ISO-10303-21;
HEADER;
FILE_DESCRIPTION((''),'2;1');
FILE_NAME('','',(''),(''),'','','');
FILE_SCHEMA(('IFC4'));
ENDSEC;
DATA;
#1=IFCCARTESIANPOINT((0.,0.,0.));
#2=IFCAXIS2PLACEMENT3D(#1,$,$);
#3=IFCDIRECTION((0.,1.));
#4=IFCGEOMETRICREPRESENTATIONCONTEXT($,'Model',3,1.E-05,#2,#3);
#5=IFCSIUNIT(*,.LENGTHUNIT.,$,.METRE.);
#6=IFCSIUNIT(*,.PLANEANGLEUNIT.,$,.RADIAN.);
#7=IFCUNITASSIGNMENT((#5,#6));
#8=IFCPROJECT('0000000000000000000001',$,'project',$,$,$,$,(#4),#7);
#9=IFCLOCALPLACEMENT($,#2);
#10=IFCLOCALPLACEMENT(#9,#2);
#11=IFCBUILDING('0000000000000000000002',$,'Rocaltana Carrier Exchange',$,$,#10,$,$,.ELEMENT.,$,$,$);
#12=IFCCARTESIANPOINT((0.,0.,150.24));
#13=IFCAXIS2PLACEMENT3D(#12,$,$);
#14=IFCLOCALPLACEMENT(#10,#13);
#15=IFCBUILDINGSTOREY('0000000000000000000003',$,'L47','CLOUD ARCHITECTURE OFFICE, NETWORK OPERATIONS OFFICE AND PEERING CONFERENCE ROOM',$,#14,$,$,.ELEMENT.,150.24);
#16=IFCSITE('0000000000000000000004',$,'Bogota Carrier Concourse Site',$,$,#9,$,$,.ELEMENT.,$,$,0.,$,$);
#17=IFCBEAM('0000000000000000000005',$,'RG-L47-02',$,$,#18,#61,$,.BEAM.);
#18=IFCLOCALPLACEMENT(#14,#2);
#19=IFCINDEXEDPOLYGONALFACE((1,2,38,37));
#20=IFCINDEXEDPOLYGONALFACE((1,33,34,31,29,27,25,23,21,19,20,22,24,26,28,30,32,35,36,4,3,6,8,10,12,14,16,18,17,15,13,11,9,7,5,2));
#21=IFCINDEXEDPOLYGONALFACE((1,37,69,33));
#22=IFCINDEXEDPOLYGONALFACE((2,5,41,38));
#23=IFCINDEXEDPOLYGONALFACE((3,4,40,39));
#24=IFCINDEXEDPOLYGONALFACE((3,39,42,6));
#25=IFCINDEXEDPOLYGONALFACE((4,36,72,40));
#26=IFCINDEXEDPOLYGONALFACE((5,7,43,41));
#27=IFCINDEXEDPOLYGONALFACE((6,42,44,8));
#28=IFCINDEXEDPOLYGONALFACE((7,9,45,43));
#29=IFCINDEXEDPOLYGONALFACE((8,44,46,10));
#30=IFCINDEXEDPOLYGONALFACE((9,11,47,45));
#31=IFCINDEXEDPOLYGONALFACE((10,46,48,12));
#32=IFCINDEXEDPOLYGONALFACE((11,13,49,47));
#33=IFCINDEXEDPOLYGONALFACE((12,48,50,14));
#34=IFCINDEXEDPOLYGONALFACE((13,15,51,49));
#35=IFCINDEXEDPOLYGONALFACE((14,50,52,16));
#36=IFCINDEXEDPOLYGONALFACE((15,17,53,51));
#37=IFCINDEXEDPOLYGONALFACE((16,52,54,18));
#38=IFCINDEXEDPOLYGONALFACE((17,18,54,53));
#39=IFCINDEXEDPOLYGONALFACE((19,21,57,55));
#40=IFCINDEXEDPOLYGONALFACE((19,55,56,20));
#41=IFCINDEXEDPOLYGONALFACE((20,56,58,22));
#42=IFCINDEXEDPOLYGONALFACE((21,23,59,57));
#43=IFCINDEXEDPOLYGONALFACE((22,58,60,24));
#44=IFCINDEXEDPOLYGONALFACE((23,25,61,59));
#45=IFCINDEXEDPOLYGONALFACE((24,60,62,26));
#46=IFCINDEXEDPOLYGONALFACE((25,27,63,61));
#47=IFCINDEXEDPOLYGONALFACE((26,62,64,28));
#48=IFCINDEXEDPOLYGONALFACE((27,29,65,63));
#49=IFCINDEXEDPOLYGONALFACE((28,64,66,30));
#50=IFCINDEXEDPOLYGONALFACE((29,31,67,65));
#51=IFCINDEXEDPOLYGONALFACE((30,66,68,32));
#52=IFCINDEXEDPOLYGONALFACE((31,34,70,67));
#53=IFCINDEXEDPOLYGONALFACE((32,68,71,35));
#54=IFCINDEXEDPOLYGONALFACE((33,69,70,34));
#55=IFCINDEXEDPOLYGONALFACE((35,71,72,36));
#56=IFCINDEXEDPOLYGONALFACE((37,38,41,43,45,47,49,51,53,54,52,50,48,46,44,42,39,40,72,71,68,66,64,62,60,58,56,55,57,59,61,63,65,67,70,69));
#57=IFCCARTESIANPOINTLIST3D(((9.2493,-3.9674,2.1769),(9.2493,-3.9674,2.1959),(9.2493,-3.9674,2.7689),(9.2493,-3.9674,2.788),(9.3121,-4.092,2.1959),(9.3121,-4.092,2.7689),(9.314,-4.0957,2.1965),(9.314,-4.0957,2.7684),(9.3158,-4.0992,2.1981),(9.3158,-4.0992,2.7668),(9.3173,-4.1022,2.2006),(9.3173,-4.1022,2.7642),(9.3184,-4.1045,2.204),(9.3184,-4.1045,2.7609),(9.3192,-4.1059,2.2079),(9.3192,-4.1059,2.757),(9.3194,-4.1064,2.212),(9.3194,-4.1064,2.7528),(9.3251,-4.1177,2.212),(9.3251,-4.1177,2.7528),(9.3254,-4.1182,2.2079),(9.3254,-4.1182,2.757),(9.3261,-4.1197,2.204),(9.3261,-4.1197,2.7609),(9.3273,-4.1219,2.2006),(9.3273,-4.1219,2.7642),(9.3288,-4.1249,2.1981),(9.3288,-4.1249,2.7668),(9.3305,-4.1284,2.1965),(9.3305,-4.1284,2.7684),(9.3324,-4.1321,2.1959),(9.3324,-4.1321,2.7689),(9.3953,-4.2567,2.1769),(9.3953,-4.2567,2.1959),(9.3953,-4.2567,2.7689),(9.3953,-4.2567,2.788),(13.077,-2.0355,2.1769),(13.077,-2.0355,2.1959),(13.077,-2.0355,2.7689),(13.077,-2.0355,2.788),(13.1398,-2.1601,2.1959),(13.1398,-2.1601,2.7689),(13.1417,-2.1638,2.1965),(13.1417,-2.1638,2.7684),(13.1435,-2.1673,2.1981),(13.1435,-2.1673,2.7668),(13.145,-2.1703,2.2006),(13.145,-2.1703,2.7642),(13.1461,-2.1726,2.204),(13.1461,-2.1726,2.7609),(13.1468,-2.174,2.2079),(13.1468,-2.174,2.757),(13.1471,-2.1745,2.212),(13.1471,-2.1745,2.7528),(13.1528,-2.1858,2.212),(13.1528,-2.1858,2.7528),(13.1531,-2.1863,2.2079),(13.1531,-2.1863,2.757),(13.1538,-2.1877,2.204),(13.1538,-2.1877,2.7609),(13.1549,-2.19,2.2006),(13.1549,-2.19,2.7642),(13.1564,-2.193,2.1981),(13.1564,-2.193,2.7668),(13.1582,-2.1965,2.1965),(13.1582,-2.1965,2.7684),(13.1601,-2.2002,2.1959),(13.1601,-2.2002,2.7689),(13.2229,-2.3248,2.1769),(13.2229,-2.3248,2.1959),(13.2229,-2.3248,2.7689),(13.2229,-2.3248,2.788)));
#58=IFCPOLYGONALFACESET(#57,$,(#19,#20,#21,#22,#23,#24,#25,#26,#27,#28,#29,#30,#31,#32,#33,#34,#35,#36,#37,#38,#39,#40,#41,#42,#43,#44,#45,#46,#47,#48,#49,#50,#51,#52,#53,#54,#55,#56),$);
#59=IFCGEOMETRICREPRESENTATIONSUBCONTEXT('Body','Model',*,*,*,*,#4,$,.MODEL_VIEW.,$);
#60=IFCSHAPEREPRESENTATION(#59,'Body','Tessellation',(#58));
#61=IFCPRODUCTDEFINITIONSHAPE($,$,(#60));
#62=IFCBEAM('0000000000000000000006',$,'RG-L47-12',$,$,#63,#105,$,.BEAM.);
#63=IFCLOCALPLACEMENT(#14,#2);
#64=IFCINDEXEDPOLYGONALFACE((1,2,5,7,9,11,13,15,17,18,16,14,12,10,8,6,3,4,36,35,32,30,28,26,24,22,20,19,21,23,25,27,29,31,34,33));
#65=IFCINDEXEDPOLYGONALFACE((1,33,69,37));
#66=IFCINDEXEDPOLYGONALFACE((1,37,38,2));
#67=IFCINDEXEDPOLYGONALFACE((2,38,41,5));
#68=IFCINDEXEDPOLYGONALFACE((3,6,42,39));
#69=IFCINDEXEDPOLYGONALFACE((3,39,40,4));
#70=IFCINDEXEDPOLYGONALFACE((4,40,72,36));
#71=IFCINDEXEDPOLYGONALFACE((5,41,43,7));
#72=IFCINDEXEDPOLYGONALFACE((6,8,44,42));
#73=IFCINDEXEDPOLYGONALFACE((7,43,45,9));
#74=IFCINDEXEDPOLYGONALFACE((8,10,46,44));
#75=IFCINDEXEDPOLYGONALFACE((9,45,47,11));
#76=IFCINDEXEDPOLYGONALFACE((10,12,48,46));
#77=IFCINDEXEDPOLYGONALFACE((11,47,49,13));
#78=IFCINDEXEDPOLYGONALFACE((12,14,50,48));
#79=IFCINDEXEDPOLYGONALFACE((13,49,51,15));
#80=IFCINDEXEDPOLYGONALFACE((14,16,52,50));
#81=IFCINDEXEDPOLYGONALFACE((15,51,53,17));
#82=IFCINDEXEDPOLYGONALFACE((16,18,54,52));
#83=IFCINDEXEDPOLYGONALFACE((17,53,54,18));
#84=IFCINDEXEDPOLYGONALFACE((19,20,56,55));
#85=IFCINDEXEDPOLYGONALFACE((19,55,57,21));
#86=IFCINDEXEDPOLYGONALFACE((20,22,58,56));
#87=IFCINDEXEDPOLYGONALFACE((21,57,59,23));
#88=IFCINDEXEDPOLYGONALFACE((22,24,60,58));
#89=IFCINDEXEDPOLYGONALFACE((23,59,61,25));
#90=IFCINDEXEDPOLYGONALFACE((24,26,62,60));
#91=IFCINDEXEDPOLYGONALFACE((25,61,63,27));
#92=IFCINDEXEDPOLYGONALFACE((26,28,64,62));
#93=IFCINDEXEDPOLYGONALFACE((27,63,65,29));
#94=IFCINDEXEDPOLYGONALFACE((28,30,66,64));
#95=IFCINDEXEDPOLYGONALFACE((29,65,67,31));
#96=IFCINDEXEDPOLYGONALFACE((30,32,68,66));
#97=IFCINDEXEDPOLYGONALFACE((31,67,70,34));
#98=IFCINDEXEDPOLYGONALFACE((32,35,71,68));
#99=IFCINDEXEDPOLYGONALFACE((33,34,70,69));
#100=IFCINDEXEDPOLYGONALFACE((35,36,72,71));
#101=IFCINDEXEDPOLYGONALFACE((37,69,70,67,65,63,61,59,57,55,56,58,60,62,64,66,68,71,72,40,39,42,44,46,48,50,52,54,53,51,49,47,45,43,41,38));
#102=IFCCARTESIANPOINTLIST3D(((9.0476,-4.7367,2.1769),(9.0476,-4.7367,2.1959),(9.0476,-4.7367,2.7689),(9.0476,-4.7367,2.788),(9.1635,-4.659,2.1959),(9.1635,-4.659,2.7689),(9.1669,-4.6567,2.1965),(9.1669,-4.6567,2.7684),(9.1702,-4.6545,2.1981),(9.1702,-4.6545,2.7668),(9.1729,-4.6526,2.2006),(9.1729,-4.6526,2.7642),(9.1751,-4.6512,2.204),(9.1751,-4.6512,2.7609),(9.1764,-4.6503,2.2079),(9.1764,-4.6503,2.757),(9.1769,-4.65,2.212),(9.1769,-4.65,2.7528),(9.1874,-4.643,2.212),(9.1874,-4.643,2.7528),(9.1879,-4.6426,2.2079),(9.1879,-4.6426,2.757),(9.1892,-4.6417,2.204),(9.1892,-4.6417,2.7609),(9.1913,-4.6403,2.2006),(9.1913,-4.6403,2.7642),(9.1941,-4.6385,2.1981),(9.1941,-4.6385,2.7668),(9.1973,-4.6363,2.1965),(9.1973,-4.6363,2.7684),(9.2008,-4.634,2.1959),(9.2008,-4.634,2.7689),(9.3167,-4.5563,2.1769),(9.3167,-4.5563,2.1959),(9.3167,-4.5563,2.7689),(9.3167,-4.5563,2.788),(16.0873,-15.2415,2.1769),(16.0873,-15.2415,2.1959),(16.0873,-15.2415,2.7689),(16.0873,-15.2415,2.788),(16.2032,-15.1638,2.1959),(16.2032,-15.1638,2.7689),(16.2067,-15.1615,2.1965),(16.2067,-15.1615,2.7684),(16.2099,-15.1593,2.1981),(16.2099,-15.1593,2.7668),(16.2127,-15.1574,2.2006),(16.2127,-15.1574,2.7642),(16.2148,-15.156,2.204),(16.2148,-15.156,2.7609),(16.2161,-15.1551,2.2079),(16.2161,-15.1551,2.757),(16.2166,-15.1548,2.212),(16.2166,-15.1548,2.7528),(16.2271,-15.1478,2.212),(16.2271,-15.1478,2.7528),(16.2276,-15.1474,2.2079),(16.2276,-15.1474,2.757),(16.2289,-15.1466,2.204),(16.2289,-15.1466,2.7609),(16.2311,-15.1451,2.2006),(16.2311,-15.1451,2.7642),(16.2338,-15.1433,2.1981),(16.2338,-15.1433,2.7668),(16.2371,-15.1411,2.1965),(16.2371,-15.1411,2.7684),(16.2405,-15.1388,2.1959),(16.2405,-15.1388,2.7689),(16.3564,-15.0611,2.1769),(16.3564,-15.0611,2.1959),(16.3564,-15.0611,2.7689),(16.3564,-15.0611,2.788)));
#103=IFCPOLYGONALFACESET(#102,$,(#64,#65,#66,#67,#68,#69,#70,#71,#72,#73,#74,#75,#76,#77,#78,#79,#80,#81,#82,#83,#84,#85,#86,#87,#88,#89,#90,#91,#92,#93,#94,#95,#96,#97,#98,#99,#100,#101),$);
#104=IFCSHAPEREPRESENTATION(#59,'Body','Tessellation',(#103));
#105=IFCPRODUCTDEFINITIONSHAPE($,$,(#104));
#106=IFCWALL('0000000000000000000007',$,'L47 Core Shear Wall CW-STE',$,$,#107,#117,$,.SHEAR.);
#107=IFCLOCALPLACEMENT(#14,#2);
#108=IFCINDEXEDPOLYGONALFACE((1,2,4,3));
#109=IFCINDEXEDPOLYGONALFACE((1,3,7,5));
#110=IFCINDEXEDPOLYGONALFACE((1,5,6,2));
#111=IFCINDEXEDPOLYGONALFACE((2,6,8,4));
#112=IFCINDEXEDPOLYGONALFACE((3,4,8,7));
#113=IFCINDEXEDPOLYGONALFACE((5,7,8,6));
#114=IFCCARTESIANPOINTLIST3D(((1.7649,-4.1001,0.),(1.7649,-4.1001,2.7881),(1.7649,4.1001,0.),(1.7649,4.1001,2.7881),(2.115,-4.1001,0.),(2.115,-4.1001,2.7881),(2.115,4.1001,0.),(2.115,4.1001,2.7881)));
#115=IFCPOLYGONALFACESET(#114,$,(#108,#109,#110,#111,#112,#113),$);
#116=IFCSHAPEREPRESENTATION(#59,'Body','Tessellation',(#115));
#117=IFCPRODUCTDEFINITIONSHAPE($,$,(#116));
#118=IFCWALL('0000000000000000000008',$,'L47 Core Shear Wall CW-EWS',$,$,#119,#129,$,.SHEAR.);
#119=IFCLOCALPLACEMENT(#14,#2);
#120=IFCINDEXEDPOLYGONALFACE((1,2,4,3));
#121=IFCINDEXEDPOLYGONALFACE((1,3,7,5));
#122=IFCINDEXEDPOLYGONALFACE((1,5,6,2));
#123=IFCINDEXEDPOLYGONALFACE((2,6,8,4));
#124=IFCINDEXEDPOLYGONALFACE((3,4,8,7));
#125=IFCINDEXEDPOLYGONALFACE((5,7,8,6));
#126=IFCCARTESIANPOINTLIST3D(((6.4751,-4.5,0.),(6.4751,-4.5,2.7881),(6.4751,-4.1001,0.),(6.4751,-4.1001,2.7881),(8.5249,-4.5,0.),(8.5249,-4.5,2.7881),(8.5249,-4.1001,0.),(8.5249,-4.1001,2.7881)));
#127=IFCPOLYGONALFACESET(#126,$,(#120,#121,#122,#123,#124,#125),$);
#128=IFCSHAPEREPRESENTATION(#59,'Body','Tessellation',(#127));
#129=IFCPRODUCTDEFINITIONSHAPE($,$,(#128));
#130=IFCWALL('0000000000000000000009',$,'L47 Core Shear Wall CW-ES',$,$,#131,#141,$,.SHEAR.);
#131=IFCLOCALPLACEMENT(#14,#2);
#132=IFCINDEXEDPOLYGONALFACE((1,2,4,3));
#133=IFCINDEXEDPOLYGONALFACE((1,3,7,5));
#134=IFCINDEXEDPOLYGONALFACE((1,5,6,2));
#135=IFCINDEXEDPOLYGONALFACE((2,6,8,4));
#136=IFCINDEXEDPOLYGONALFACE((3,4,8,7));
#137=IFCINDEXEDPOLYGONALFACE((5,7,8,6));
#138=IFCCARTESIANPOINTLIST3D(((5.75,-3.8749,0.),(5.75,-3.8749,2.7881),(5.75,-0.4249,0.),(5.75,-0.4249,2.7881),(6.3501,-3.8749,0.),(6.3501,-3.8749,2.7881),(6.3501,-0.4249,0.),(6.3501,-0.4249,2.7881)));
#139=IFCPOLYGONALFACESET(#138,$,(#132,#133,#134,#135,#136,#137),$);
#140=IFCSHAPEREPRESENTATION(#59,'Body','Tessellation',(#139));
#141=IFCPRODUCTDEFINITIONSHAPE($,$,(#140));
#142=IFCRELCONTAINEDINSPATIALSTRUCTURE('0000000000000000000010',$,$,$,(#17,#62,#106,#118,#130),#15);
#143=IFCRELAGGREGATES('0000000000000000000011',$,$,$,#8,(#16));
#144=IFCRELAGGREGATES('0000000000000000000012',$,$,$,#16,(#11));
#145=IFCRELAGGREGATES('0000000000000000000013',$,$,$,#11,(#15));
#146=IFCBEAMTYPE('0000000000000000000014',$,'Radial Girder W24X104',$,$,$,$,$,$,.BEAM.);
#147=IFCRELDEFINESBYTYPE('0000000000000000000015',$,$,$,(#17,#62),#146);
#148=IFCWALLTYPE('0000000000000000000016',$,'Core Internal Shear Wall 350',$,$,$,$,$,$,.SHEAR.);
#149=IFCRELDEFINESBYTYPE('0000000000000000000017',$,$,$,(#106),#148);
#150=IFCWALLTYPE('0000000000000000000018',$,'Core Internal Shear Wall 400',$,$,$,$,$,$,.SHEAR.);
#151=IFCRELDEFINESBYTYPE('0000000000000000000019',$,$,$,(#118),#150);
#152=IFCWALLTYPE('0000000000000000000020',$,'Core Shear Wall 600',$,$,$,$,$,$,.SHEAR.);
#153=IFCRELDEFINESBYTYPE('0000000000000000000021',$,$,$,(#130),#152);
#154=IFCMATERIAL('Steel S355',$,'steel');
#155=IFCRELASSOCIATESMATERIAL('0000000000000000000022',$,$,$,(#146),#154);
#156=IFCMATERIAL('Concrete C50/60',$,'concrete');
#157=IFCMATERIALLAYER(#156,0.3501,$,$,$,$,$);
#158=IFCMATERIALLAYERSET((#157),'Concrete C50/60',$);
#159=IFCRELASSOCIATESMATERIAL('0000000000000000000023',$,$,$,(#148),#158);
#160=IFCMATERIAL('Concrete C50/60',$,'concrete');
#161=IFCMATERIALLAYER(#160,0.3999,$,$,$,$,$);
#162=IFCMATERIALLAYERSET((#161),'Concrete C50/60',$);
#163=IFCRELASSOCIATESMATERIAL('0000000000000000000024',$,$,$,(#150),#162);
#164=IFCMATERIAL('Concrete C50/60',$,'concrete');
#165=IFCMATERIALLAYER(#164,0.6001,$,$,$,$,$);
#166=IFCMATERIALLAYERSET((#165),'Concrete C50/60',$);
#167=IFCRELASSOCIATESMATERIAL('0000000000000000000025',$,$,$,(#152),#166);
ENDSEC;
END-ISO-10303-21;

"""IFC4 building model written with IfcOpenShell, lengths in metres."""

from ifc_helpers import new_model, si_unit, direction, frame, frame_2d, origin, origin_2d, place, context, subcontext, project, spatial, rectangle, i_section, extrude, material, layer, layer_set, material_profile, profile_set, type_object, element, save


model = new_model("IFC4")

# Units and contexts
model_context = context("Model", 3, precision=1e-05, world=origin(), true_north=direction((0.0, 1.0)))
body_context = subcontext(model_context, "Body", "Model", "MODEL_VIEW")
ifc_project = project(units=[si_unit("LENGTHUNIT", "METRE"), si_unit("PLANEANGLEUNIT", "RADIAN")], contexts=[model_context])

# Site, building, storey
site_placement = place(None, origin())
site = spatial("IfcSite", under=ifc_project, at=site_placement, Name="Bogota Carrier Concourse Site", CompositionType="ELEMENT", RefElevation=0.0)
building_placement = place(site_placement, origin())
building = spatial("IfcBuilding", under=site, at=building_placement, Name="Rocaltana Carrier Exchange", CompositionType="ELEMENT")
storey_placement = place(building_placement, frame((0.0, 0.0, 150.24)))
storey = spatial("IfcBuildingStorey", under=building, at=storey_placement, Name="L47", Description="CLOUD ARCHITECTURE OFFICE, NETWORK OPERATIONS OFFICE AND PEERING CONFERENCE ROOM", CompositionType="ELEMENT", Elevation=150.24)

# Beams
ifc_material_1 = material(Name="Steel S355", Category="steel")
ifc_material_profile_1 = material_profile(ifc_material_1, i_section(OverallWidth=0.324, OverallDepth=0.6111, WebThickness=0.0127, FlangeThickness=0.019, FilletRadius=0.0161, at=origin_2d()), Name="W24X104")
ifc_profile_set_1 = profile_set([ifc_material_profile_1], Name="Steel S355")
beam_type = type_object("IfcBeamType", Name="Radial Girder W24X104", PredefinedType="BEAM", material=ifc_profile_set_1)
beam_1_placement = place(storey_placement, frame((9.3223, -4.1121, 2.4824), z_axis=(0.892735, 0.450581, 0.0), x_axis=(-0.450581, 0.892735, 0.0)))
element("IfcBeam", 1, at=beam_1_placement, inside=storey, type_object=beam_type, Name="RG-L47-02", PredefinedType="BEAM", context=body_context, shape_type="SweptSolid", body=[
    extrude(i_section(OverallWidth=0.324, OverallDepth=0.6111, WebThickness=0.0127, FlangeThickness=0.019, FilletRadius=0.0161, at=origin_2d()), origin(), (0.0, 0.0, 1.0), 4.2876),
])
beam_2_placement = place(storey_placement, frame((9.1821, -4.6465, 2.4824), z_axis=(0.556699, -0.830714, 0.0), x_axis=(0.830714, 0.556699, 0.0)))
element("IfcBeam", 2, at=beam_2_placement, inside=storey, type_object=beam_type, Name="RG-L47-12", PredefinedType="BEAM", context=body_context, shape_type="SweptSolid", body=[
    extrude(i_section(OverallWidth=0.324, OverallDepth=0.6111, WebThickness=0.0127, FlangeThickness=0.019, FilletRadius=0.0161, at=origin_2d()), origin(), (0.0, 0.0, 1.0), 12.6455),
])

# Walls
ifc_material_2 = material(Name="Concrete C50/60", Category="concrete")
ifc_layer_1 = layer(ifc_material_2, 0.3501)
ifc_layer_set_1 = layer_set([ifc_layer_1], Name="Concrete C50/60")
wall_type_1 = type_object("IfcWallType", Name="Core Internal Shear Wall 350", PredefinedType="SHEAR", material=ifc_layer_set_1)
wall_1_placement = place(storey_placement, frame((1.9399, -4.1001, 0.0), z_axis=(0.0, 0.0, 1.0), x_axis=(0.0, 1.0, 0.0)))
element("IfcWall", 3, at=wall_1_placement, inside=storey, type_object=wall_type_1, Name="L47 Core Shear Wall CW-STE", PredefinedType="SHEAR", context=body_context, shape_type="SweptSolid", body=[
    extrude(rectangle(XDim=8.2002, YDim=0.3501, at=frame_2d((4.1001, 0.0))), origin(), (0.0, 0.0, 1.0), 2.7881),
])
ifc_material_3 = material(Name="Concrete C50/60", Category="concrete")
ifc_layer_2 = layer(ifc_material_3, 0.3999)
ifc_layer_set_2 = layer_set([ifc_layer_2], Name="Concrete C50/60")
wall_type_2 = type_object("IfcWallType", Name="Core Internal Shear Wall 400", PredefinedType="SHEAR", material=ifc_layer_set_2)
wall_2_placement = place(storey_placement, frame((6.4751, -4.3, 0.0), z_axis=(0.0, 0.0, 1.0), x_axis=(1.0, 0.0, 0.0)))
element("IfcWall", 4, at=wall_2_placement, inside=storey, type_object=wall_type_2, Name="L47 Core Shear Wall CW-EWS", PredefinedType="SHEAR", context=body_context, shape_type="SweptSolid", body=[
    extrude(rectangle(XDim=2.0498, YDim=0.3999, at=frame_2d((1.0249, 0.0))), origin(), (0.0, 0.0, 1.0), 2.7881),
])
ifc_material_4 = material(Name="Concrete C50/60", Category="concrete")
ifc_layer_3 = layer(ifc_material_4, 0.6001)
ifc_layer_set_3 = layer_set([ifc_layer_3], Name="Concrete C50/60")
wall_type_3 = type_object("IfcWallType", Name="Core Shear Wall 600", PredefinedType="SHEAR", material=ifc_layer_set_3)
wall_3_placement = place(storey_placement, frame((6.05, -3.875, 0.0), z_axis=(0.0, 0.0, 1.0), x_axis=(0.0, 1.0, 0.0)))
element("IfcWall", 5, at=wall_3_placement, inside=storey, type_object=wall_type_3, Name="L47 Core Shear Wall CW-ES", PredefinedType="SHEAR", context=body_context, shape_type="SweptSolid", body=[
    extrude(rectangle(XDim=3.45, YDim=0.6001, at=frame_2d((1.7251, 0.0))), origin(), (0.0, 0.0, 1.0), 2.7881),
])

save(model, "model.ifc")
